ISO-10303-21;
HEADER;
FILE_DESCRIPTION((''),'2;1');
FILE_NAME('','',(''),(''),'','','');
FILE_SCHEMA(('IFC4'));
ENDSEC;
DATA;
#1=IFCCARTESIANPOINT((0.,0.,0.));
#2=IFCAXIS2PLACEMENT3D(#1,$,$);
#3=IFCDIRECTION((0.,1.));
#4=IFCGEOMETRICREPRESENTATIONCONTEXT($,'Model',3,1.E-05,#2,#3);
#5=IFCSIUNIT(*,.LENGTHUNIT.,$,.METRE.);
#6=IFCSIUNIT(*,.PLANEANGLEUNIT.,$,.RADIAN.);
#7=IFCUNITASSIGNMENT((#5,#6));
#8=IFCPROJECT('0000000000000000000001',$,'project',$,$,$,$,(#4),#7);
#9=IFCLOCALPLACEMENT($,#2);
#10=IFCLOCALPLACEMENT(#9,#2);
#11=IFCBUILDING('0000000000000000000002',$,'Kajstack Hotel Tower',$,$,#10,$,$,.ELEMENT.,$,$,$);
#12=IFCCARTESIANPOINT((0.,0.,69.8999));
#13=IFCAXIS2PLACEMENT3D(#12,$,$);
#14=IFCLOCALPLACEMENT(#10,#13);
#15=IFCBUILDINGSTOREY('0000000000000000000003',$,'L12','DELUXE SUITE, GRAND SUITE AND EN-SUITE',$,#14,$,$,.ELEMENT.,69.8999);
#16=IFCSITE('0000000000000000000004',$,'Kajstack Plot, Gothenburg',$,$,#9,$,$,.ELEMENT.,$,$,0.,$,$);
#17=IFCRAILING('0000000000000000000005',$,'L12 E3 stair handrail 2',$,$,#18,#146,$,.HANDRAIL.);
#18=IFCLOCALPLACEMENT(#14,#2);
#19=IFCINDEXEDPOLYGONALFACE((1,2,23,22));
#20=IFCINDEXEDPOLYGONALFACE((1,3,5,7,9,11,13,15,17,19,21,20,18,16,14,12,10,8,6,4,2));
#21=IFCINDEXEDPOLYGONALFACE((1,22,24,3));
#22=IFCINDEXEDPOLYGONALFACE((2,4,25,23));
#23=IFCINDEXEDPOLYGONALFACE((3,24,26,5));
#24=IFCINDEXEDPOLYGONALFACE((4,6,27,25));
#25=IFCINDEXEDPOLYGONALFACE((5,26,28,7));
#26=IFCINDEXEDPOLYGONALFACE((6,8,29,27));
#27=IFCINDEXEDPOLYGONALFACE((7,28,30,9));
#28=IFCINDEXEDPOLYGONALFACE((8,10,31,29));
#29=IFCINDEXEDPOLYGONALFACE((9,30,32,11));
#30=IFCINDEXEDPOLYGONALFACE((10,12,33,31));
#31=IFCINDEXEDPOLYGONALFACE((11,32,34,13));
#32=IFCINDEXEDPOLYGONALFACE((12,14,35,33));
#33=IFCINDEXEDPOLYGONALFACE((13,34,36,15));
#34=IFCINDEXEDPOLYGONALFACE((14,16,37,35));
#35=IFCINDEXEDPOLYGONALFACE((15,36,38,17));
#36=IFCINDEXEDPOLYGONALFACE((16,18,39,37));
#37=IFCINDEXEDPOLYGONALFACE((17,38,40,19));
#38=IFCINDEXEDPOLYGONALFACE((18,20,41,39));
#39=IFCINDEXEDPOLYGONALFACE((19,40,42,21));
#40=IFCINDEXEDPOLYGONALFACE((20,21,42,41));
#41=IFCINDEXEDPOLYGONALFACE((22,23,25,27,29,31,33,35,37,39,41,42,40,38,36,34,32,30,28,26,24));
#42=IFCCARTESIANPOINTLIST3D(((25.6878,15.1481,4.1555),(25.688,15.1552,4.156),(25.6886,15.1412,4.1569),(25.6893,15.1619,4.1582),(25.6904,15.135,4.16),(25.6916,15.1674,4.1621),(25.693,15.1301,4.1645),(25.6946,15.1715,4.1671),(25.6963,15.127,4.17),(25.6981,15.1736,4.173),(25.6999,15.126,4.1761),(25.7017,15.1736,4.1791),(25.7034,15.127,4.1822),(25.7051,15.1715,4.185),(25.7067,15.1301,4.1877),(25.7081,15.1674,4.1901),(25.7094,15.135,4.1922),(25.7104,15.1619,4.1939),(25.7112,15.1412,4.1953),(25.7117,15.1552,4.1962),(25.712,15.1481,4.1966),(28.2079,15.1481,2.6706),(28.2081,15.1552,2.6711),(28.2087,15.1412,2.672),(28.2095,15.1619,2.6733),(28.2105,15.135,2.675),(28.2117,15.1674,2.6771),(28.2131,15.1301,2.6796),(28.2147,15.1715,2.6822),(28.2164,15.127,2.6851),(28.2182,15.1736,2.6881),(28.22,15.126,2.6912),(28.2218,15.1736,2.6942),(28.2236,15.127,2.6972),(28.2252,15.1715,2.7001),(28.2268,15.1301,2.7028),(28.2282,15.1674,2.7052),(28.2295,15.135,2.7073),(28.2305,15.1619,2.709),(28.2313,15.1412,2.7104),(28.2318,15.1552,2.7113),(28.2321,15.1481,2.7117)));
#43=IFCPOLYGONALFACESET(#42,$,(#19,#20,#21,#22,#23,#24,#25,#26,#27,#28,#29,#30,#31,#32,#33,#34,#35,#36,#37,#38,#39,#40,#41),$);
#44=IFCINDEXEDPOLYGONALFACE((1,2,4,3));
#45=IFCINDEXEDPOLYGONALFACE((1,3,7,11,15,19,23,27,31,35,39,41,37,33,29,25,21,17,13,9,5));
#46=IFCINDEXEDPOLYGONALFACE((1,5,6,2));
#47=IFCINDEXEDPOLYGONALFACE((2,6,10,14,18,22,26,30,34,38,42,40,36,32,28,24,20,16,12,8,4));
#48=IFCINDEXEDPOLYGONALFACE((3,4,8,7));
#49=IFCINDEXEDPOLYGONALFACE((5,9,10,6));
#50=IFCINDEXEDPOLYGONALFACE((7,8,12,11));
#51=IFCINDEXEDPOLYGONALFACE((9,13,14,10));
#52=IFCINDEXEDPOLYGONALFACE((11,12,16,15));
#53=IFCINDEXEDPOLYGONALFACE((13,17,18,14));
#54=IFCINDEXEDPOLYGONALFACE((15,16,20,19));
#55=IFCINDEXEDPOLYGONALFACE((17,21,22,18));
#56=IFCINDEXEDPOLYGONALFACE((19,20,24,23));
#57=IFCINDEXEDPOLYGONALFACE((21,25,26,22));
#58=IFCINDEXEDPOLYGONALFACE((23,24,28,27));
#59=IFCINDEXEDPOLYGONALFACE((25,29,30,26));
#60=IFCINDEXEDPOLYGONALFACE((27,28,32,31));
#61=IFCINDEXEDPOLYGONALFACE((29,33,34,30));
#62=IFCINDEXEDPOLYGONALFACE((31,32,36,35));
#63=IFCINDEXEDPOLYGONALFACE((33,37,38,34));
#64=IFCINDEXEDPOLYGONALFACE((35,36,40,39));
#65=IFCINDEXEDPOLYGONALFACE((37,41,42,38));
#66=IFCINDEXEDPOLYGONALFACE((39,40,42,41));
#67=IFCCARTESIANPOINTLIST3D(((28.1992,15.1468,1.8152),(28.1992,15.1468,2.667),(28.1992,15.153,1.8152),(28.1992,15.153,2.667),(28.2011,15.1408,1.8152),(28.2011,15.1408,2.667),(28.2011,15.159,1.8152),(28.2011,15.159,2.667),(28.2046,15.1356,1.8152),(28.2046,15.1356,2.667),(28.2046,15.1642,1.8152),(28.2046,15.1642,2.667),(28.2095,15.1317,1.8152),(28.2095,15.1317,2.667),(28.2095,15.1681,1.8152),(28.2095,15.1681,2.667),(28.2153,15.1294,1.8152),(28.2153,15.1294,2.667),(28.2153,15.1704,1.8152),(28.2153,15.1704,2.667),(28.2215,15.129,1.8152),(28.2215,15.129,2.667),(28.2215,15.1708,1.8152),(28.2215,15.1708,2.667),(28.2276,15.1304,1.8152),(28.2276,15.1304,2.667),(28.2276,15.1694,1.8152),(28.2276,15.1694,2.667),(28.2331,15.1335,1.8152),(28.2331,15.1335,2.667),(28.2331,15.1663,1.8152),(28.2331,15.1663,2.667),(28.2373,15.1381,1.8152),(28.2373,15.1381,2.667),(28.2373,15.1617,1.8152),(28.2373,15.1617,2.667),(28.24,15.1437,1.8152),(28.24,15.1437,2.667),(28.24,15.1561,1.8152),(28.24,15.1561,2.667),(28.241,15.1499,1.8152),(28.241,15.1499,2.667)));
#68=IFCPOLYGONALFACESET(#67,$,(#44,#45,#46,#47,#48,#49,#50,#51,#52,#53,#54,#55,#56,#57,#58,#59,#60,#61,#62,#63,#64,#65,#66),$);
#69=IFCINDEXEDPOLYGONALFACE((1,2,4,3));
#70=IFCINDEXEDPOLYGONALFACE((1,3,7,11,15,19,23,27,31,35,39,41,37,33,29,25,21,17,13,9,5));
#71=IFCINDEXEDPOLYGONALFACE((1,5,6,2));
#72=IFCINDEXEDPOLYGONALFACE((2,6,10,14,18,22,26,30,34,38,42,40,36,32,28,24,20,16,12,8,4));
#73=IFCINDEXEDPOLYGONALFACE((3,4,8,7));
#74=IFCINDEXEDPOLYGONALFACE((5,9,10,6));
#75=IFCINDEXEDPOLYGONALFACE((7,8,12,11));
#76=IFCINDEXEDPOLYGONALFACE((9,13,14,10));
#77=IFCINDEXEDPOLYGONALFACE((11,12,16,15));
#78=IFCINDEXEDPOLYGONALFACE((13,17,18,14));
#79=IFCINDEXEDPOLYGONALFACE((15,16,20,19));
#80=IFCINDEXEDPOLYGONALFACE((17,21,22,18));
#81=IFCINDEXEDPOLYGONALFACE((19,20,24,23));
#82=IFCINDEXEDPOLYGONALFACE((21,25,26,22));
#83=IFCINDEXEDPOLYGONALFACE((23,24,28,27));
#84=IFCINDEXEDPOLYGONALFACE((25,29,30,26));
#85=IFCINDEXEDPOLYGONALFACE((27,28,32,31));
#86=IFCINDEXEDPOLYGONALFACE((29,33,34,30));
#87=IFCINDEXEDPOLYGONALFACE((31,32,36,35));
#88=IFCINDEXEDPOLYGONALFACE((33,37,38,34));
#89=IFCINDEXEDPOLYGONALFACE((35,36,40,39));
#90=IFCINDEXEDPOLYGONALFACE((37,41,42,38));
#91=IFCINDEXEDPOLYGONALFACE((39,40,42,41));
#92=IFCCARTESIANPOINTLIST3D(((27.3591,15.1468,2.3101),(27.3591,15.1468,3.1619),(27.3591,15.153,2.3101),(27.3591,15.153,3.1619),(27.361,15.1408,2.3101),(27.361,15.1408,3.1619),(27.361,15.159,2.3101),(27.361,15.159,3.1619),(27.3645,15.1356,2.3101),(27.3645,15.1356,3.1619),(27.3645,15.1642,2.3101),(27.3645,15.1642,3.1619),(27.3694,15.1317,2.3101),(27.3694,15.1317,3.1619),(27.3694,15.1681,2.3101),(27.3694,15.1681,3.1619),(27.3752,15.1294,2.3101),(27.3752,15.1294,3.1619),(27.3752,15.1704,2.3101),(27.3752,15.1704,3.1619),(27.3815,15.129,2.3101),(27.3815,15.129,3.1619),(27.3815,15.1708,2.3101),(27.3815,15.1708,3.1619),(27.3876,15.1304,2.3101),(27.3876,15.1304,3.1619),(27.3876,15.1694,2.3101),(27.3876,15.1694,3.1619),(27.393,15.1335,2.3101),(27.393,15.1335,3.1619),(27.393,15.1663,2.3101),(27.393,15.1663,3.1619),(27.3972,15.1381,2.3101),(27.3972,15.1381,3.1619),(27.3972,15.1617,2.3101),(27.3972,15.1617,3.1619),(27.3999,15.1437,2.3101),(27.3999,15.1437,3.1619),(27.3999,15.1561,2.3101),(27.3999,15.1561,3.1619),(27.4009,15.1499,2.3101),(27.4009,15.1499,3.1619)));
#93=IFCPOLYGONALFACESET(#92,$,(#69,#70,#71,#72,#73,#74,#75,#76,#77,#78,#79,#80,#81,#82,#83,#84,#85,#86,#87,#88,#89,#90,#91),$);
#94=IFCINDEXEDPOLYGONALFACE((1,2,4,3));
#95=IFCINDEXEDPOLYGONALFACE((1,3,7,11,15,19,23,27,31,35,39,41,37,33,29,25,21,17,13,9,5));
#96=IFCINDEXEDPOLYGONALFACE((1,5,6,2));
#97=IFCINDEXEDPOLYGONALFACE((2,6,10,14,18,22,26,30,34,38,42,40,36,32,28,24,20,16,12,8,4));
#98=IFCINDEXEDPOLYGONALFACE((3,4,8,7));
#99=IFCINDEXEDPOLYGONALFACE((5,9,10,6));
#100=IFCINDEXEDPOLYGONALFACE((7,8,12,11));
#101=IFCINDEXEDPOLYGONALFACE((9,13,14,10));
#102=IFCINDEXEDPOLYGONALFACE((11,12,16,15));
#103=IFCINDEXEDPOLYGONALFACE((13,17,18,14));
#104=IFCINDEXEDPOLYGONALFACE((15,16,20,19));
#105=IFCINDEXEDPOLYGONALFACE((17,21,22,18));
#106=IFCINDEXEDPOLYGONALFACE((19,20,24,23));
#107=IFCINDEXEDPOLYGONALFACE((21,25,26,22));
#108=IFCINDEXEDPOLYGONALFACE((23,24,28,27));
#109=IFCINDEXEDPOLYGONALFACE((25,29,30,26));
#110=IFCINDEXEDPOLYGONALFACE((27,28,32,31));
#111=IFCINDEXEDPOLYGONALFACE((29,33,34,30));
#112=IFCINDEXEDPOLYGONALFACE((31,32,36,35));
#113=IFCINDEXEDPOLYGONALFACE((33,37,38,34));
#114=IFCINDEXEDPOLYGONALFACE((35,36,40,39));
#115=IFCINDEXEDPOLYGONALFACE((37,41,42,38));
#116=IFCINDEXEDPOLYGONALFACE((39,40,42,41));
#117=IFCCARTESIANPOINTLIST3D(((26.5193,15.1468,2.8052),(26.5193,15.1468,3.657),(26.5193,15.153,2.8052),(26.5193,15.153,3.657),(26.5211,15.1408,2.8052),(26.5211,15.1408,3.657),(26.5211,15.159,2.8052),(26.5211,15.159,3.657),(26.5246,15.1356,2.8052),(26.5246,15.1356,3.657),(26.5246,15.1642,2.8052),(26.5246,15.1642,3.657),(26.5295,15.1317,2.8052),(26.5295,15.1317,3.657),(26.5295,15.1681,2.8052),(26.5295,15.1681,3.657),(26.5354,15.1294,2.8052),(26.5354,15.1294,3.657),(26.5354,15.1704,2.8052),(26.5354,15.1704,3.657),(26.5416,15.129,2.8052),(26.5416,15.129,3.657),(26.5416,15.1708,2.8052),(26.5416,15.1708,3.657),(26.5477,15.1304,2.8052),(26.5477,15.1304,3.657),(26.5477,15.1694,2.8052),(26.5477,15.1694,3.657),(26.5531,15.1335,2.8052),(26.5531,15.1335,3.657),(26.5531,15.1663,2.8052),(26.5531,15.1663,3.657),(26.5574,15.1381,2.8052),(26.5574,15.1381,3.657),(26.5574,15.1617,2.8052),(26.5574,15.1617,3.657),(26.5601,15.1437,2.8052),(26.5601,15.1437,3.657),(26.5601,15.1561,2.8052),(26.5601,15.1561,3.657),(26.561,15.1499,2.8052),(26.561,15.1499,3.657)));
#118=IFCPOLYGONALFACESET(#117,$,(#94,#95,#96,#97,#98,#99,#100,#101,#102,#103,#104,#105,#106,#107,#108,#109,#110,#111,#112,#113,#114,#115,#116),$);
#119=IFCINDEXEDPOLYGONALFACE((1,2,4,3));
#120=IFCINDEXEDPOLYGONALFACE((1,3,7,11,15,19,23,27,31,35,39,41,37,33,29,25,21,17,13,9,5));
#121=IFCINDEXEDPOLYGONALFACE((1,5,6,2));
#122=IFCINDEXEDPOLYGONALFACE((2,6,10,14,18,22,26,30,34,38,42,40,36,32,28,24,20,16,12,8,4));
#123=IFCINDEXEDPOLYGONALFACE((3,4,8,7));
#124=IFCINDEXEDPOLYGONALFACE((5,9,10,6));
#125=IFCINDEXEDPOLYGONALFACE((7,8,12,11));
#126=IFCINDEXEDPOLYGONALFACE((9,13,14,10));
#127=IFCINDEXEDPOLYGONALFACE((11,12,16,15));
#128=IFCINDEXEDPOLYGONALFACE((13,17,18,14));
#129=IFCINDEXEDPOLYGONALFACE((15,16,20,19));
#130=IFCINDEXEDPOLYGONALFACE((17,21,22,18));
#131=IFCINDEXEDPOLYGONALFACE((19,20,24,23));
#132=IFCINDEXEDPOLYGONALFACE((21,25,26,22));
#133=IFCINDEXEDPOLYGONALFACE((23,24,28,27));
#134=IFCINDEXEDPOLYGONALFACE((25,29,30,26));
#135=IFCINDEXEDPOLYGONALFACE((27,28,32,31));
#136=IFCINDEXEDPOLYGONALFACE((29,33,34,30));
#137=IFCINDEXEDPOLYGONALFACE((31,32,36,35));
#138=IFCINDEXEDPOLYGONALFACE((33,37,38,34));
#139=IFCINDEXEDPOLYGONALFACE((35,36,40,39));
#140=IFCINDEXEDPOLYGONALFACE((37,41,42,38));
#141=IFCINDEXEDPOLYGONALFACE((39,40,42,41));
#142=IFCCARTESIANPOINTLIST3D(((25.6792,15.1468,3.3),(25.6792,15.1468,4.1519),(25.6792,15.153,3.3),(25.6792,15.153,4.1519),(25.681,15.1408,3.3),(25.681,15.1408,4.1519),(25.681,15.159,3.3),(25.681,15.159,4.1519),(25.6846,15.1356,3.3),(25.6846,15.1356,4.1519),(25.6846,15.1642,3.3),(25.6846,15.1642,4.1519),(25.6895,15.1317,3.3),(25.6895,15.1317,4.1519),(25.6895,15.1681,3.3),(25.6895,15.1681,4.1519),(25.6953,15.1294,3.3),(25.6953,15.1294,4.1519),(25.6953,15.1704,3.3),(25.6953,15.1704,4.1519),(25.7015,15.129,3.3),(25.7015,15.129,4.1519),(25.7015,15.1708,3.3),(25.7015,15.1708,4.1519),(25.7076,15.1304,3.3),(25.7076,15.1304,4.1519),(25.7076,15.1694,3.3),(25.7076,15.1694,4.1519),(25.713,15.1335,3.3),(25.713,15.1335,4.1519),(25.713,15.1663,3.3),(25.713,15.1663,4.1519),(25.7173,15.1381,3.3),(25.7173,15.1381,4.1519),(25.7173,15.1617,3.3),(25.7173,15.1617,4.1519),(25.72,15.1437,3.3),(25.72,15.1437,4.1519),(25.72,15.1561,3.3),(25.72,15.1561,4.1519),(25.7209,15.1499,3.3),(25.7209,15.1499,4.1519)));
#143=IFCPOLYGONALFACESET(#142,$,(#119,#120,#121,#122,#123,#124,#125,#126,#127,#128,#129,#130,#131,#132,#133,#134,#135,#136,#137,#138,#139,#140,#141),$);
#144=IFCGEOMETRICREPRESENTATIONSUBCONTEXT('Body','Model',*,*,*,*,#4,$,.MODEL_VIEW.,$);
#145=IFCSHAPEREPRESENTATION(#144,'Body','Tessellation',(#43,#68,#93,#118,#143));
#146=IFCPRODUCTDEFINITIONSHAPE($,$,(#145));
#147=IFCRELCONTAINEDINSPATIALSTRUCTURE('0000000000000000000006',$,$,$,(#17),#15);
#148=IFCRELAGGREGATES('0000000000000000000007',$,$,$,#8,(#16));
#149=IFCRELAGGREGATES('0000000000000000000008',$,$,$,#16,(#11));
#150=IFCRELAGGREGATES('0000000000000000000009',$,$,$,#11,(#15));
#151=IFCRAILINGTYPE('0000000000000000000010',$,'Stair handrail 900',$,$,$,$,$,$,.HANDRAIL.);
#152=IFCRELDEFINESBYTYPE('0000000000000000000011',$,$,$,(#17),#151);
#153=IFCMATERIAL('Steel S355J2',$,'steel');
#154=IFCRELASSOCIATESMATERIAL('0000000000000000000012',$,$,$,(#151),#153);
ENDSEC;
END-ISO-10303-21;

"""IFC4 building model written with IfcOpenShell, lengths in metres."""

from ifc_helpers import new_model, si_unit, direction, frame, origin, origin_2d, place, context, subcontext, project, spatial, circle, extrude, material, type_object, element, save


model = new_model("IFC4")

# Units and contexts
model_context = context("Model", 3, precision=1e-05, world=origin(), true_north=direction((0.0, 1.0)))
body_context = subcontext(model_context, "Body", "Model", "MODEL_VIEW")
ifc_project = project(units=[si_unit("LENGTHUNIT", "METRE"), si_unit("PLANEANGLEUNIT", "RADIAN")], contexts=[model_context])

# Site, building, storey
site_placement = place(None, origin())
site = spatial("IfcSite", under=ifc_project, at=site_placement, Name="Kajstack Plot, Gothenburg", CompositionType="ELEMENT", RefElevation=0.0)
building_placement = place(site_placement, origin())
building = spatial("IfcBuilding", under=site, at=building_placement, Name="Kajstack Hotel Tower", CompositionType="ELEMENT")
storey_placement = place(building_placement, frame((0.0, 0.0, 69.8999)))
storey = spatial("IfcBuildingStorey", under=building, at=storey_placement, Name="L12", Description="DELUXE SUITE, GRAND SUITE AND EN-SUITE", CompositionType="ELEMENT", Elevation=69.8999)

# Railing
ifc_material_1 = material(Name="Steel S355J2", Category="steel")
railing_type_1 = type_object("IfcRailingType", Name="Stair handrail 900", PredefinedType="HANDRAIL", material=ifc_material_1)
railing_1_placement = place(storey_placement, frame((28.22, 15.1499, 1.8152)))
element("IfcRailing", 1, at=railing_1_placement, inside=storey, type_object=railing_type_1, Name="L12 E3 stair handrail 2", PredefinedType="HANDRAIL", context=body_context, shape_type="SweptSolid", body=[
    extrude(circle(Radius=0.0239, at=origin_2d()), frame((0.0, 0.0, 0.876), z_axis=(-0.861561, 0.0, 0.507655), x_axis=(0.0, -1.0, 0.0)), (0.0, 0.0, 1.0), 2.925),
    extrude(circle(Radius=0.021, at=origin_2d()), origin(), (0.0, 0.0, 1.0), 0.8518),
    extrude(circle(Radius=0.021, at=origin_2d()), frame((-0.8401, 0.0, 0.4949)), (0.0, 0.0, 1.0), 0.8518),
    extrude(circle(Radius=0.021, at=origin_2d()), frame((-1.6799, 0.0, 0.99)), (0.0, 0.0, 1.0), 0.8518),
    extrude(circle(Radius=0.021, at=origin_2d()), frame((-2.52, 0.0, 1.4849)), (0.0, 0.0, 1.0), 0.8518),
])

save(model, "model.ifc")
